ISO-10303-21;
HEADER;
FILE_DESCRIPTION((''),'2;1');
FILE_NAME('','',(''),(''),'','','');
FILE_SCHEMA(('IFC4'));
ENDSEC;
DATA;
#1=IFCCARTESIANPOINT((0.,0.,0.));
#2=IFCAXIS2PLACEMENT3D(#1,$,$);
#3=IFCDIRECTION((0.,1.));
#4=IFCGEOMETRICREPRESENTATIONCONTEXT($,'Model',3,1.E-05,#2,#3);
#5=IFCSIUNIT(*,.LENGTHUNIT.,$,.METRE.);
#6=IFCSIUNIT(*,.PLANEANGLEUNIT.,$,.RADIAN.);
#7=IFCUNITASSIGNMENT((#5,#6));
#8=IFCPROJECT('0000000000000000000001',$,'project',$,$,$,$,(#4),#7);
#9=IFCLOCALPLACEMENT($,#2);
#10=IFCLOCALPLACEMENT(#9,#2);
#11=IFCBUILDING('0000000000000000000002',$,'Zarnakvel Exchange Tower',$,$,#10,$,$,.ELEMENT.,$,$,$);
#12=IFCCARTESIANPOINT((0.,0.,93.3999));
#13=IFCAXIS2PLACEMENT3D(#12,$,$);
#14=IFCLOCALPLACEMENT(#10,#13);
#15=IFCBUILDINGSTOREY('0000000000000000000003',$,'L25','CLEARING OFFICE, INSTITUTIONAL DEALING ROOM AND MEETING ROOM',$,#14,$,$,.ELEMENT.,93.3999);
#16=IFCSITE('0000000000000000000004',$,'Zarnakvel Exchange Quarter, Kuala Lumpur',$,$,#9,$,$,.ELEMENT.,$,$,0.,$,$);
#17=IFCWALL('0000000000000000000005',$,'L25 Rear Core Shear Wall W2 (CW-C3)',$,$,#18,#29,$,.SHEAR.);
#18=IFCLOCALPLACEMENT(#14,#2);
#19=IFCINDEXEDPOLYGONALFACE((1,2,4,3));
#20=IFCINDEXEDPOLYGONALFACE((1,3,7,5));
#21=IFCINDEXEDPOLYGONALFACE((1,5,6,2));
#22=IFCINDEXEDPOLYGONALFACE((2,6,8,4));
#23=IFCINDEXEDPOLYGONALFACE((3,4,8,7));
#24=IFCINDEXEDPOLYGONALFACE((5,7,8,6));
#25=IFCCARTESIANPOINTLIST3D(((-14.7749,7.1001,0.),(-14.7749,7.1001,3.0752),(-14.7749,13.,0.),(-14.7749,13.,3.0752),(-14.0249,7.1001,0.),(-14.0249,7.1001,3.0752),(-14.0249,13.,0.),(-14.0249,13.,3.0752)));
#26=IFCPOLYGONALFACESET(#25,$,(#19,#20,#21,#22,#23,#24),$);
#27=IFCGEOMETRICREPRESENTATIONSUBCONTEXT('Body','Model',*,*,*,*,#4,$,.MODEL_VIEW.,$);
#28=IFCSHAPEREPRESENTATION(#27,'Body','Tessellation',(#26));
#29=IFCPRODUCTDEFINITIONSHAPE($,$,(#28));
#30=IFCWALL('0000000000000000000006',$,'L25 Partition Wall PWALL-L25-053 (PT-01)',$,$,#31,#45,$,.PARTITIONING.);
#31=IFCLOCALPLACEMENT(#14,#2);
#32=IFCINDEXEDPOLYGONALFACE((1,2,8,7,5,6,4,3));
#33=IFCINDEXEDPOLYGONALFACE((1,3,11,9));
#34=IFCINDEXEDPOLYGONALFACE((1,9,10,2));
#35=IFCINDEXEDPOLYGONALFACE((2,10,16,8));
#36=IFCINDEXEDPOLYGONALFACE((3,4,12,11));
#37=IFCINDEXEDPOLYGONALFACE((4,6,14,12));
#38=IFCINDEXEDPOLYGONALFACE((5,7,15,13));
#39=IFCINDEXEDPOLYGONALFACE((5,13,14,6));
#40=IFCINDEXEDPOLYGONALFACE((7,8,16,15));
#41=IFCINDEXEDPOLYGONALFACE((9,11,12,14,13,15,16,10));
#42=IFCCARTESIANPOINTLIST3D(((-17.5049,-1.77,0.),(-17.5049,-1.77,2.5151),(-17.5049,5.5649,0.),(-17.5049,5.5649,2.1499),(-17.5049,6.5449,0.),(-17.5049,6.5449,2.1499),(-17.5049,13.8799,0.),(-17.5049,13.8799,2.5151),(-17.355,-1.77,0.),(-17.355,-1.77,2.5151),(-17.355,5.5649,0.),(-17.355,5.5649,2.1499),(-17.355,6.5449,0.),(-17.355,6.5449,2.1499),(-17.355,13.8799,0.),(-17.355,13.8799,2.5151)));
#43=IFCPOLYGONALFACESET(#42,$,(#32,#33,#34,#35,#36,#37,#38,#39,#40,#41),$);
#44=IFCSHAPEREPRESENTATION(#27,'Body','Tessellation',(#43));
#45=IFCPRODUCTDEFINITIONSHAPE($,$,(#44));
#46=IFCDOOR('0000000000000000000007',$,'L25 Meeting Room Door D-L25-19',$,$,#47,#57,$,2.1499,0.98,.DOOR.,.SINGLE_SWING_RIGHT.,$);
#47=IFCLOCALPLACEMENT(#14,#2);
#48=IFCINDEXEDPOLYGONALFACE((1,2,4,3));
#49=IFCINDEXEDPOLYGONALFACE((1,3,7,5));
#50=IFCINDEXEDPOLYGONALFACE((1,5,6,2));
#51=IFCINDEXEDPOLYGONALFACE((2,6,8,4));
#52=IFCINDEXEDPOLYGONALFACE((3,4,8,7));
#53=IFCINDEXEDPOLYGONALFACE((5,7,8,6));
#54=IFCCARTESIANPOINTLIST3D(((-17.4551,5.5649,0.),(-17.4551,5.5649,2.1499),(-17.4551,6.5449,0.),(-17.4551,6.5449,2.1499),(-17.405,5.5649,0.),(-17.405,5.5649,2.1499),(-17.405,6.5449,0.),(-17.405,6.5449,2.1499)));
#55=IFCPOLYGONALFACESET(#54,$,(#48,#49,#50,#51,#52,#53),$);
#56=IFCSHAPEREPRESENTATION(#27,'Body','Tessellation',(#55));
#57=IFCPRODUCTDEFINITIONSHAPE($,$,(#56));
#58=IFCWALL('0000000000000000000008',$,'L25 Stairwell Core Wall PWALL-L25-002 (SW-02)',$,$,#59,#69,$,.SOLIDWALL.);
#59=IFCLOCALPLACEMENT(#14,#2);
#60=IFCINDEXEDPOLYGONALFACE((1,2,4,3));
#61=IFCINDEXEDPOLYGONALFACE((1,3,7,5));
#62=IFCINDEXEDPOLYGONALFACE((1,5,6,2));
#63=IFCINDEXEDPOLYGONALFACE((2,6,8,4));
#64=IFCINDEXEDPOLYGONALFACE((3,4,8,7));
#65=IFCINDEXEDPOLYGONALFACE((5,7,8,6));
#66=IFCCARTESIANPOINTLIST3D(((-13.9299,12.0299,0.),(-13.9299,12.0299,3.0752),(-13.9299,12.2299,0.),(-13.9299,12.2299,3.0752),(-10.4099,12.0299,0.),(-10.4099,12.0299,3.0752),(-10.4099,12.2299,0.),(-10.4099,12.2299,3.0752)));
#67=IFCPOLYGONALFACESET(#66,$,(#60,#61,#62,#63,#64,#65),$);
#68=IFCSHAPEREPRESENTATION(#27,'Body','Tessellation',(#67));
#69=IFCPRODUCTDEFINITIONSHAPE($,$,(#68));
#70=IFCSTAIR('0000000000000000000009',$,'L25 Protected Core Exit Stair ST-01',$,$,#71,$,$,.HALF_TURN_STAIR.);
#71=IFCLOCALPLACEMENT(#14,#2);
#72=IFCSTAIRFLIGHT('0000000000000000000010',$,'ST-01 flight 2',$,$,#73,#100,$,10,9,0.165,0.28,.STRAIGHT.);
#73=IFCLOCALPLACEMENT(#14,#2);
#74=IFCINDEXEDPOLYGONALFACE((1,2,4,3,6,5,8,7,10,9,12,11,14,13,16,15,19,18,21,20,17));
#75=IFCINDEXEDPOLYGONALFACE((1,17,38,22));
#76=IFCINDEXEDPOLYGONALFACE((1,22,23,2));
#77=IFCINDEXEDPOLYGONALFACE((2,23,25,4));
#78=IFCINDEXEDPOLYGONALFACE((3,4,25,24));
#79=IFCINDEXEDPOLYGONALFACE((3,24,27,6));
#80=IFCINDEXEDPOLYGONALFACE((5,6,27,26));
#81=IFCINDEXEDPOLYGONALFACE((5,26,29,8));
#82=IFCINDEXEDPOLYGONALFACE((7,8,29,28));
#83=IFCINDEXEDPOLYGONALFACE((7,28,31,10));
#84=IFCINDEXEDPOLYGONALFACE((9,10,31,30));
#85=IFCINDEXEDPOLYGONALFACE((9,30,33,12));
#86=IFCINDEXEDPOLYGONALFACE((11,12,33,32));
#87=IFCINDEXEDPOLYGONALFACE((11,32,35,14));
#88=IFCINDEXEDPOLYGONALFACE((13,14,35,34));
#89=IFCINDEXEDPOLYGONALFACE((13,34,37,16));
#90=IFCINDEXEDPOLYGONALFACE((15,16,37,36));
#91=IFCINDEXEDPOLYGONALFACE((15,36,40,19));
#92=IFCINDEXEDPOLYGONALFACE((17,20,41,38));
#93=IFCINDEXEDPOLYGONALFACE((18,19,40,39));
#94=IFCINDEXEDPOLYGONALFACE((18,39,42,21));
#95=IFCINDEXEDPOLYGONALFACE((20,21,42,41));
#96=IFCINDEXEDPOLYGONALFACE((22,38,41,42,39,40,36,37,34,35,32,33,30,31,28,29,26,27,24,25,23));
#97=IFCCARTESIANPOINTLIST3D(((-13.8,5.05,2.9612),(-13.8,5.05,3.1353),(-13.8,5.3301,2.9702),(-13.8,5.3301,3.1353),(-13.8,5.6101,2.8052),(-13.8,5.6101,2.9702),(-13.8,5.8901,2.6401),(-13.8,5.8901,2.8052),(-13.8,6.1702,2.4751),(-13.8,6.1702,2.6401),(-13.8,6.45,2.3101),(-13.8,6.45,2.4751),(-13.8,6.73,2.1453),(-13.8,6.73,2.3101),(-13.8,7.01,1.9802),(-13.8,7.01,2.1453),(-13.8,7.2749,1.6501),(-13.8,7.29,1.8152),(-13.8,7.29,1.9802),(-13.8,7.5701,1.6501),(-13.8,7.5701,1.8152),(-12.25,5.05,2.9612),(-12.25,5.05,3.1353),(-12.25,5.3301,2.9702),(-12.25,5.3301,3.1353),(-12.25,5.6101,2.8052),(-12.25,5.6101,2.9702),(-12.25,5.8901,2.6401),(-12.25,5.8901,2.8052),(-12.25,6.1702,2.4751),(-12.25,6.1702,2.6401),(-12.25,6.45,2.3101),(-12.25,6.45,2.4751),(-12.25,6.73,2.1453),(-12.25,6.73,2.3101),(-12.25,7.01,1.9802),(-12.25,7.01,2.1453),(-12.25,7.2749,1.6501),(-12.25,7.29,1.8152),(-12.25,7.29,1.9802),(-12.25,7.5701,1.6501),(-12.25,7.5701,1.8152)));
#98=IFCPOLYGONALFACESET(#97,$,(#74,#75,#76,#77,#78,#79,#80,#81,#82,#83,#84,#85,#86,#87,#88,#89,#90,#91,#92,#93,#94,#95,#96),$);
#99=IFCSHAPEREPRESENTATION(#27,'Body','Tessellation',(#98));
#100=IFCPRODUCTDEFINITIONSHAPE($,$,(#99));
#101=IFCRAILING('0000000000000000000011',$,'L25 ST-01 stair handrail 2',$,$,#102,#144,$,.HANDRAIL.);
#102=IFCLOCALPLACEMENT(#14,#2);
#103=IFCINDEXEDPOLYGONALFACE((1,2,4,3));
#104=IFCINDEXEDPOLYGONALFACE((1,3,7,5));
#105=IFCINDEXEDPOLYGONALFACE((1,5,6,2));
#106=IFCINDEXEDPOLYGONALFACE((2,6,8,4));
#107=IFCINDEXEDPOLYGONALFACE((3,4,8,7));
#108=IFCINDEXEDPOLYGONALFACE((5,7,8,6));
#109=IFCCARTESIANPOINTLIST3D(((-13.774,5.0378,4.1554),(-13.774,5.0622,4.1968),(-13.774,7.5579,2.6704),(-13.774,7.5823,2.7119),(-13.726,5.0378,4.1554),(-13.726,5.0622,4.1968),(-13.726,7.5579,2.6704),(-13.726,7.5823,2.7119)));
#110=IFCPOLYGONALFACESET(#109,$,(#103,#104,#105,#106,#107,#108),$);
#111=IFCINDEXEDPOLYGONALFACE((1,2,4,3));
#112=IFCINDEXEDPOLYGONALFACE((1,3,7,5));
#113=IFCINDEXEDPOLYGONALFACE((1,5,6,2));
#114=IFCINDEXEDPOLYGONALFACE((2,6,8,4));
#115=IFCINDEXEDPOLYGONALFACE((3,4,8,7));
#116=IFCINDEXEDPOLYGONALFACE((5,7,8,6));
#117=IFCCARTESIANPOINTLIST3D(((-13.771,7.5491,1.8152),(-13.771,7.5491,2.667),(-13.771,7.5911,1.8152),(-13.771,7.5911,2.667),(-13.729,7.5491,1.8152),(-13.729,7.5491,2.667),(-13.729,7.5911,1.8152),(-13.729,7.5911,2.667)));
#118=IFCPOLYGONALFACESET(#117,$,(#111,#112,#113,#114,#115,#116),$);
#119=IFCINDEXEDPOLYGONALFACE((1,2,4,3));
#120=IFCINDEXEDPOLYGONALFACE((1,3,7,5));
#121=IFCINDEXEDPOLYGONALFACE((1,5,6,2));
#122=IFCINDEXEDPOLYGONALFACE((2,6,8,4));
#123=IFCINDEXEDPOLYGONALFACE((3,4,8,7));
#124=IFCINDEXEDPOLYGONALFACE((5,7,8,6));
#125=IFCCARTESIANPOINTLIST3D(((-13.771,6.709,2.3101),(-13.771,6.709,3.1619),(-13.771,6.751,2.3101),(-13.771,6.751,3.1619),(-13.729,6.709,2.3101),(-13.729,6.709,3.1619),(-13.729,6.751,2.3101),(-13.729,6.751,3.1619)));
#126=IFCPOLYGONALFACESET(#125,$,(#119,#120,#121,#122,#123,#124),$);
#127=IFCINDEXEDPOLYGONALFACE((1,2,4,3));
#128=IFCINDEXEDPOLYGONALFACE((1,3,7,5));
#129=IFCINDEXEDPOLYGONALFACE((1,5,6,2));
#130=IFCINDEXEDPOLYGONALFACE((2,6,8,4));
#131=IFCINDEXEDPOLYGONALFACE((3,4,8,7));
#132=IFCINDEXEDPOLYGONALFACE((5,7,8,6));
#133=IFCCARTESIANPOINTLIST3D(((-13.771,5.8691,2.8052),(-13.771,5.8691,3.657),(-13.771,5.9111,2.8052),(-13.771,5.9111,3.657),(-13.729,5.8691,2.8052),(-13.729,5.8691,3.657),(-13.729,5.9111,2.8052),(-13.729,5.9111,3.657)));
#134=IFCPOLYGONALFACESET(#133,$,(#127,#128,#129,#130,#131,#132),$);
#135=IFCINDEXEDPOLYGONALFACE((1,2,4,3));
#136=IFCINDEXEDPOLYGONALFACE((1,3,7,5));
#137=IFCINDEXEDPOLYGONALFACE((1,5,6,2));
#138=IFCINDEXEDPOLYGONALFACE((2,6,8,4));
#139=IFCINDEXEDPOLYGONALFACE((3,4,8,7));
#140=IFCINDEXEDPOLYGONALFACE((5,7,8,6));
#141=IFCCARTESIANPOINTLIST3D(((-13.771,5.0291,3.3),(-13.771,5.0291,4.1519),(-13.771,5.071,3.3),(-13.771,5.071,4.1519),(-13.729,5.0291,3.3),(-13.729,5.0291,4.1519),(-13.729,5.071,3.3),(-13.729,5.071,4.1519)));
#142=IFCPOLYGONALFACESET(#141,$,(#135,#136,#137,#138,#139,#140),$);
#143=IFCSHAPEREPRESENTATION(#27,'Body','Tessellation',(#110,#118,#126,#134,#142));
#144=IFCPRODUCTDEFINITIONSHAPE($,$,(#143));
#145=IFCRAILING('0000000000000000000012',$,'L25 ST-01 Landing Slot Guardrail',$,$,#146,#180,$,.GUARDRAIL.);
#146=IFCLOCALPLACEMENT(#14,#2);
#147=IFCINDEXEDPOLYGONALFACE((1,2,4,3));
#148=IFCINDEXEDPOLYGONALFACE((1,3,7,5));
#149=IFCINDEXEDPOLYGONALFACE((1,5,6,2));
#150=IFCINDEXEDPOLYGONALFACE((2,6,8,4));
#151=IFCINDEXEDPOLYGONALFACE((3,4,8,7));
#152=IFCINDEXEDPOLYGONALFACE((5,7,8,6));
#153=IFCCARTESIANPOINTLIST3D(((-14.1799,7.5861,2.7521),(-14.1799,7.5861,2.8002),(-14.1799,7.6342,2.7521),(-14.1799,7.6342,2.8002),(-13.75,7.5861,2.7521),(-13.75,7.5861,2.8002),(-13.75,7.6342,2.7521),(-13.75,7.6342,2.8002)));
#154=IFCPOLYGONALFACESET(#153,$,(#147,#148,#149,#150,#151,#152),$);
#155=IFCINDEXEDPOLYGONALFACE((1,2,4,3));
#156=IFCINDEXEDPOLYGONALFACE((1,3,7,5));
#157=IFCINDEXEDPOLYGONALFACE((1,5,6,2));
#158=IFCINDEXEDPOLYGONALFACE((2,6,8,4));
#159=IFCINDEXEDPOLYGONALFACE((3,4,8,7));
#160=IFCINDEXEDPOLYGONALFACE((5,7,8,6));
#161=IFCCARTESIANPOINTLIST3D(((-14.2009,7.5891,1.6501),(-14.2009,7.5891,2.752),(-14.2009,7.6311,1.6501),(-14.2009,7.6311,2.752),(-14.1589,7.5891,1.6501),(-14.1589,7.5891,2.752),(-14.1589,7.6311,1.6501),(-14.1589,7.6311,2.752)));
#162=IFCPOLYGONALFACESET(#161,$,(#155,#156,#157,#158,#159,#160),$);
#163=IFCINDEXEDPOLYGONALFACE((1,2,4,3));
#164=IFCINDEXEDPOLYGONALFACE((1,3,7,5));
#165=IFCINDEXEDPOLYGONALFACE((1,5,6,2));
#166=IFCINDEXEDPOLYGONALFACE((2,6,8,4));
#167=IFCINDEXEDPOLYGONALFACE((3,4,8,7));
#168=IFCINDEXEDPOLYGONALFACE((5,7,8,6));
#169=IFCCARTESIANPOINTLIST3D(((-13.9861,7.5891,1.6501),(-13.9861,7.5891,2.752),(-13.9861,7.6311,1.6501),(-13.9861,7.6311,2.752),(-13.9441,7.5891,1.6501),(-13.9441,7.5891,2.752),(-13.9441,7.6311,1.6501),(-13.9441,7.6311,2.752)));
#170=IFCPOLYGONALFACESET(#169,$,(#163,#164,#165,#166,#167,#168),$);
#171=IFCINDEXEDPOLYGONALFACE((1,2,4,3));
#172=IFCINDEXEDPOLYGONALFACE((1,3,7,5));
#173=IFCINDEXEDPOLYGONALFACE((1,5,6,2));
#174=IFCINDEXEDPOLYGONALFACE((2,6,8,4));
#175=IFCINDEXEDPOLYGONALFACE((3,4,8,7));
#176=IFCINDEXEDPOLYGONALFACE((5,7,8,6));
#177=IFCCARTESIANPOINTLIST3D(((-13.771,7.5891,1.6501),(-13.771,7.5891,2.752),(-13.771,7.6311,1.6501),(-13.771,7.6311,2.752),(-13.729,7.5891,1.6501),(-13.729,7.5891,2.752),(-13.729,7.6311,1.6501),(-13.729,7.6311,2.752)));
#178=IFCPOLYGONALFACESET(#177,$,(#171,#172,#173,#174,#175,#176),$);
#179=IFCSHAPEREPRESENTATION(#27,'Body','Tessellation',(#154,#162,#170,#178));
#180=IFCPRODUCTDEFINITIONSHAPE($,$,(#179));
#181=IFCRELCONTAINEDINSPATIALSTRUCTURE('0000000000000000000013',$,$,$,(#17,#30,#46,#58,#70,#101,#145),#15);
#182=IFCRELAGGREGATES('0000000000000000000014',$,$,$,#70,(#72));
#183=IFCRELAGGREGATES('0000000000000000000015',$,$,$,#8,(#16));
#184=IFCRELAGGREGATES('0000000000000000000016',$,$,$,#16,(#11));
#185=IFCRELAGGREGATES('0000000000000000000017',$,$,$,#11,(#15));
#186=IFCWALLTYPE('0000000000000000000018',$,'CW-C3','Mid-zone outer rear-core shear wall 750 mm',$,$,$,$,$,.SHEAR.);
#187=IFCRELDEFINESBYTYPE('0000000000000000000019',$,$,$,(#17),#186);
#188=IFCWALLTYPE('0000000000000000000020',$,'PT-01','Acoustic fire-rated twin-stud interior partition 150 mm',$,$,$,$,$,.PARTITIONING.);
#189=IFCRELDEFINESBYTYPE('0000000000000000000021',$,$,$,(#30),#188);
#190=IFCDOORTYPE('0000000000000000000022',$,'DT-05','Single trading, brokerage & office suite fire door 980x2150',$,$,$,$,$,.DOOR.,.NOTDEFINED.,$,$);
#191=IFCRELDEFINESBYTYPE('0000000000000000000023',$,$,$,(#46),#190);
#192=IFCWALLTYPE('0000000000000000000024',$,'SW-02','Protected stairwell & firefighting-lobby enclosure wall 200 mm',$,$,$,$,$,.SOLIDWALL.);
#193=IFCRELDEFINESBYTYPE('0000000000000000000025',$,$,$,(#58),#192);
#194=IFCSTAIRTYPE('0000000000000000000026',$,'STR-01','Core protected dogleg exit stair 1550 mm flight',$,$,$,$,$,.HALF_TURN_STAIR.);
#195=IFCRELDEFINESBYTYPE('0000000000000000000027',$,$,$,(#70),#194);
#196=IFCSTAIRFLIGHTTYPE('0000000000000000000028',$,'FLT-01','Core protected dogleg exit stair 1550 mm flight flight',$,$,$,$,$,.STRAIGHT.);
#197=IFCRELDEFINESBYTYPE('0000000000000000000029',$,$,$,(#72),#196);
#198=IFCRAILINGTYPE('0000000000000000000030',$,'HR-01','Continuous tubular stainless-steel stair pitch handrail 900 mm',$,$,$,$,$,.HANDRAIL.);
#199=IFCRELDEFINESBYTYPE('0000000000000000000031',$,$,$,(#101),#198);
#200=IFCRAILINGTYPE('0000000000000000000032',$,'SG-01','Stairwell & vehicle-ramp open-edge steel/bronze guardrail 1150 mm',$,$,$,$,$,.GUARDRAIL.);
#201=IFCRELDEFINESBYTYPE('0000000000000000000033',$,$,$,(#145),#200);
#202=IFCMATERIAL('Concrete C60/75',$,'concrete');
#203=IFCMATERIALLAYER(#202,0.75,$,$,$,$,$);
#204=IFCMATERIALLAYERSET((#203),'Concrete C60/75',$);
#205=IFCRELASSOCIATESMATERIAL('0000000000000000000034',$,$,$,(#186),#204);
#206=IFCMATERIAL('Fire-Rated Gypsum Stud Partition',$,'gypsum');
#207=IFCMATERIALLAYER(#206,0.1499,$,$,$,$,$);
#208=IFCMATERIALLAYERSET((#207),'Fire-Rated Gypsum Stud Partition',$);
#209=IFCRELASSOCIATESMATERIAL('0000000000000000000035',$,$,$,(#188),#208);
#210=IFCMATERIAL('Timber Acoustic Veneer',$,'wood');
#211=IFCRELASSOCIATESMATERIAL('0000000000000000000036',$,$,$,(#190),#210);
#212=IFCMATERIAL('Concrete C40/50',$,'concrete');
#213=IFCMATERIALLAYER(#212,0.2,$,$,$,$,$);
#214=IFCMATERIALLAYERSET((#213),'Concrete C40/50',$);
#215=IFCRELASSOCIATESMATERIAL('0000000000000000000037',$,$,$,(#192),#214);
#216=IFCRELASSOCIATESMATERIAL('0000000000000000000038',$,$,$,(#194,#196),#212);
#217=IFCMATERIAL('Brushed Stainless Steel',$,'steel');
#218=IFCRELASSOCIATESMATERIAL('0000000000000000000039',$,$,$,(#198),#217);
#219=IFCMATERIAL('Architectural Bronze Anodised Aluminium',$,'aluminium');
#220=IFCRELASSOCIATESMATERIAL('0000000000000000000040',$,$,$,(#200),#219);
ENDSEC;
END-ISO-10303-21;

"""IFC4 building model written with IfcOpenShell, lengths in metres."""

from ifc_helpers import new_model, si_unit, direction, frame, frame_2d, origin, origin_2d, place, context, subcontext, project, spatial, polyline, rectangle, outline, extrude, source, transform, mapped, material, layer, layer_set, type_object, element, fill, aggregate, save


model = new_model("IFC4")

# Units and contexts
model_context = context("Model", 3, precision=1e-05, world=origin(), true_north=direction((0.0, 1.0)))
body_context = subcontext(model_context, "Body", "Model", "MODEL_VIEW")
ifc_project = project(units=[si_unit("LENGTHUNIT", "METRE"), si_unit("PLANEANGLEUNIT", "RADIAN")], contexts=[model_context])

# Site, building, storey
site_placement = place(None, origin())
site = spatial("IfcSite", under=ifc_project, at=site_placement, Name="Zarnakvel Exchange Quarter, Kuala Lumpur", CompositionType="ELEMENT", RefElevation=0.0)
building_placement = place(site_placement, origin())
building = spatial("IfcBuilding", under=site, at=building_placement, Name="Zarnakvel Exchange Tower", CompositionType="ELEMENT")
storey_placement = place(building_placement, frame((0.0, 0.0, 93.3999)))
storey = spatial("IfcBuildingStorey", under=building, at=storey_placement, Name="L25", Description="CLEARING OFFICE, INSTITUTIONAL DEALING ROOM AND MEETING ROOM", CompositionType="ELEMENT", Elevation=93.3999)

# Shared definitions
ifc_material_1 = material(Name="Concrete C60/75", Category="concrete")

# Shared definitions
ifc_material_2 = material(Name="Architectural Bronze Anodised Aluminium", Category="aluminium")

# Wall
ifc_layer_1 = layer(ifc_material_1, 0.75)
ifc_layer_set_1 = layer_set([ifc_layer_1], Name="Concrete C60/75")
wall_type_1 = type_object("IfcWallType", Name="CW-C3", Description="Mid-zone outer rear-core shear wall 750 mm", PredefinedType="SHEAR", material=ifc_layer_set_1)
wall_1_placement = place(storey_placement, frame((-14.3999, 7.1001, 0.0), z_axis=(0.0, 0.0, 1.0), x_axis=(0.0, 1.0, 0.0)))
element("IfcWall", 1, at=wall_1_placement, inside=storey, type_object=wall_type_1, Name="L25 Rear Core Shear Wall W2 (CW-C3)", PredefinedType="SHEAR", context=body_context, shape_type="SweptSolid", body=[
    extrude(rectangle(XDim=5.8999, YDim=0.75, at=frame_2d((2.95, 0.0))), origin(), (0.0, 0.0, 1.0), 3.0752),
])

# Wall, opening, door
ifc_material_3 = material(Name="Fire-Rated Gypsum Stud Partition", Category="gypsum")
ifc_layer_2 = layer(ifc_material_3, 0.1499)
ifc_layer_set_2 = layer_set([ifc_layer_2], Name="Fire-Rated Gypsum Stud Partition")
wall_type_2 = type_object("IfcWallType", Name="PT-01", Description="Acoustic fire-rated twin-stud interior partition 150 mm", PredefinedType="PARTITIONING", material=ifc_layer_set_2)
wall_2_placement = place(storey_placement, frame((-17.4299, 13.8799, 0.0), z_axis=(0.0, 0.0, 1.0), x_axis=(0.0, -1.0, 0.0)))
wall_2 = element("IfcWall", 2, at=wall_2_placement, inside=storey, type_object=wall_type_2, Name="L25 Partition Wall PWALL-L25-053 (PT-01)", PredefinedType="PARTITIONING", context=body_context, shape_type="SweptSolid", body=[
    extrude(rectangle(XDim=15.6499, YDim=0.1499, at=frame_2d((7.825, 0.0))), origin(), (0.0, 0.0, 1.0), 2.5151),
])
opening_placement = place(wall_2_placement, frame((7.335, 0.0, 0.0)))
opening = element("IfcOpeningElement", 3, at=opening_placement, cuts=wall_2, PredefinedType="OPENING", context=body_context, shape_type="SweptSolid", body=[
    extrude(rectangle(XDim=0.98, YDim=2.1499, at=frame_2d((0.49, 1.075))), frame((0.0, 0.085, 0.0), z_axis=(0.0, -1.0, 0.0), x_axis=(1.0, 0.0, 0.0)), (0.0, 0.0, 1.0), 0.1699),
])
ifc_material_4 = material(Name="Timber Acoustic Veneer", Category="wood")
door_type = type_object("IfcDoorType", Name="DT-05", Description="Single trading, brokerage & office suite fire door 980x2150", OperationType="NOTDEFINED", PredefinedType="DOOR", material=ifc_material_4)
shared_shape_1 = source(origin(), body_context, "Body", "SweptSolid", [
    extrude(rectangle(XDim=0.98, YDim=2.1499, at=frame_2d((0.49, 1.075))), frame((0.0, 0.0249, 0.0), z_axis=(0.0, -1.0, 0.0), x_axis=(1.0, 0.0, 0.0)), (0.0, 0.0, 1.0), 0.05),
])
door_placement = place(opening_placement, origin())
door = element("IfcDoor", 4, at=door_placement, inside=storey, type_object=door_type, Name="L25 Meeting Room Door D-L25-19", OperationType="SINGLE_SWING_RIGHT", OverallHeight=2.1499, OverallWidth=0.98, PredefinedType="DOOR", context=body_context, shape_type="MappedRepresentation", body=[
    mapped(shared_shape_1, transform((0.0, 0.0, 0.0), x_axis=(1.0, 0.0, 0.0), y_axis=(0.0, 1.0, 0.0), z_axis=(0.0, 0.0, 1.0), scale=1.0)),
])
fill(opening, door)

# Wall
ifc_material_5 = material(Name="Concrete C40/50", Category="concrete")
ifc_layer_3 = layer(ifc_material_5, 0.2)
ifc_layer_set_3 = layer_set([ifc_layer_3], Name="Concrete C40/50")
wall_type_3 = type_object("IfcWallType", Name="SW-02", Description="Protected stairwell & firefighting-lobby enclosure wall 200 mm", PredefinedType="SOLIDWALL", material=ifc_layer_set_3)
wall_3_placement = place(storey_placement, frame((-13.9299, 12.1299, 0.0), z_axis=(0.0, 0.0, 1.0), x_axis=(1.0, 0.0, 0.0)))
element("IfcWall", 5, at=wall_3_placement, inside=storey, type_object=wall_type_3, Name="L25 Stairwell Core Wall PWALL-L25-002 (SW-02)", PredefinedType="SOLIDWALL", context=body_context, shape_type="SweptSolid", body=[
    extrude(rectangle(XDim=3.52, YDim=0.2, at=frame_2d((1.76, 0.0))), origin(), (0.0, 0.0, 1.0), 3.0752),
])

# Stair, stair flight
stair_type = type_object("IfcStairType", Name="STR-01", Description="Core protected dogleg exit stair 1550 mm flight", PredefinedType="HALF_TURN_STAIR", material=ifc_material_5)
stair_placement = place(storey_placement, origin())
stair = element("IfcStair", 6, at=stair_placement, inside=storey, type_object=stair_type, Name="L25 Protected Core Exit Stair ST-01", PredefinedType="HALF_TURN_STAIR")
stair_flight_type = type_object("IfcStairFlightType", Name="FLT-01", Description="Core protected dogleg exit stair 1550 mm flight flight", PredefinedType="STRAIGHT", material=ifc_material_5)
stair_flight_placement = place(storey_placement, frame((-13.0249, 7.5701, 1.6501), z_axis=(0.0, 0.0, 1.0), x_axis=(0.0, -1.0, 0.0)))
stair_flight = element("IfcStairFlight", 7, at=stair_flight_placement, type_object=stair_flight_type, Name="ST-01 flight 2", NumberOfRisers=10, NumberOfTreads=9, PredefinedType="STRAIGHT", RiserHeight=0.165, TreadLength=0.28, context=body_context, shape_type="SweptSolid", body=[
    extrude(outline(polyline([(0.0, 0.0), (0.0, 0.165), (0.28, 0.165), (0.28, 0.3301), (0.5601, 0.3301), (0.5601, 0.4951), (0.8401, 0.4951), (0.8401, 0.6599), (1.1201, 0.6599), (1.1201, 0.825), (1.3999, 0.825), (1.3999, 0.99), (1.6799, 0.99), (1.6799, 1.155), (1.96, 1.155), (1.96, 1.3201), (2.24, 1.3201), (2.24, 1.4851), (2.52, 1.4851), (2.52, 1.6499), (2.52, 1.311), (0.2952, 0.0), (0.0, 0.0)])), frame((0.0, 0.7749, 0.0), z_axis=(0.0, -1.0, 0.0), x_axis=(1.0, 0.0, 0.0)), (0.0, 0.0, 1.0), 1.55),
])
aggregate(stair, [stair_flight])

# Railings
ifc_material_6 = material(Name="Brushed Stainless Steel", Category="steel")
railing_type_1 = type_object("IfcRailingType", Name="HR-01", Description="Continuous tubular stainless-steel stair pitch handrail 900 mm", PredefinedType="HANDRAIL", material=ifc_material_6)
railing_1_placement = place(storey_placement, frame((-13.75, 7.5701, 1.8152)))
element("IfcRailing", 8, at=railing_1_placement, inside=storey, type_object=railing_type_1, Name="L25 ST-01 stair handrail 2", PredefinedType="HANDRAIL", context=body_context, shape_type="SweptSolid", body=[
    extrude(rectangle(XDim=0.0481, YDim=0.0481, at=origin_2d()), frame((0.0, 0.0, 0.876), z_axis=(0.0, -0.861561, 0.507655), x_axis=(1.0, 0.0, 0.0)), (0.0, 0.0, 1.0), 2.925),
    extrude(rectangle(XDim=0.042, YDim=0.042, at=origin_2d()), origin(), (0.0, 0.0, 1.0), 0.8518),
    extrude(rectangle(XDim=0.042, YDim=0.042, at=origin_2d()), frame((0.0, -0.8401, 0.4949)), (0.0, 0.0, 1.0), 0.8518),
    extrude(rectangle(XDim=0.042, YDim=0.042, at=origin_2d()), frame((0.0, -1.6799, 0.99)), (0.0, 0.0, 1.0), 0.8518),
    extrude(rectangle(XDim=0.042, YDim=0.042, at=origin_2d()), frame((0.0, -2.52, 1.4849)), (0.0, 0.0, 1.0), 0.8518),
])
railing_type_2 = type_object("IfcRailingType", Name="SG-01", Description="Stairwell & vehicle-ramp open-edge steel/bronze guardrail 1150 mm", PredefinedType="GUARDRAIL", material=ifc_material_2)
railing_2_placement = place(storey_placement, frame((-14.1799, 7.6101, 1.6501)))
element("IfcRailing", 9, at=railing_2_placement, inside=storey, type_object=railing_type_2, Name="L25 ST-01 Landing Slot Guardrail", PredefinedType="GUARDRAIL", context=body_context, shape_type="SweptSolid", body=[
    extrude(rectangle(XDim=0.0481, YDim=0.0481, at=origin_2d()), frame((0.0, 0.0, 1.126), z_axis=(1.0, 0.0, 0.0), x_axis=(0.0, 1.0, 0.0)), (0.0, 0.0, 1.0), 0.4299),
    extrude(rectangle(XDim=0.042, YDim=0.042, at=origin_2d()), origin(), (0.0, 0.0, 1.0), 1.1018),
    extrude(rectangle(XDim=0.042, YDim=0.042, at=origin_2d()), frame((0.2148, 0.0, 0.0)), (0.0, 0.0, 1.0), 1.1018),
    extrude(rectangle(XDim=0.042, YDim=0.042, at=origin_2d()), frame((0.4299, 0.0, 0.0)), (0.0, 0.0, 1.0), 1.1018),
])

save(model, "model.ifc")
